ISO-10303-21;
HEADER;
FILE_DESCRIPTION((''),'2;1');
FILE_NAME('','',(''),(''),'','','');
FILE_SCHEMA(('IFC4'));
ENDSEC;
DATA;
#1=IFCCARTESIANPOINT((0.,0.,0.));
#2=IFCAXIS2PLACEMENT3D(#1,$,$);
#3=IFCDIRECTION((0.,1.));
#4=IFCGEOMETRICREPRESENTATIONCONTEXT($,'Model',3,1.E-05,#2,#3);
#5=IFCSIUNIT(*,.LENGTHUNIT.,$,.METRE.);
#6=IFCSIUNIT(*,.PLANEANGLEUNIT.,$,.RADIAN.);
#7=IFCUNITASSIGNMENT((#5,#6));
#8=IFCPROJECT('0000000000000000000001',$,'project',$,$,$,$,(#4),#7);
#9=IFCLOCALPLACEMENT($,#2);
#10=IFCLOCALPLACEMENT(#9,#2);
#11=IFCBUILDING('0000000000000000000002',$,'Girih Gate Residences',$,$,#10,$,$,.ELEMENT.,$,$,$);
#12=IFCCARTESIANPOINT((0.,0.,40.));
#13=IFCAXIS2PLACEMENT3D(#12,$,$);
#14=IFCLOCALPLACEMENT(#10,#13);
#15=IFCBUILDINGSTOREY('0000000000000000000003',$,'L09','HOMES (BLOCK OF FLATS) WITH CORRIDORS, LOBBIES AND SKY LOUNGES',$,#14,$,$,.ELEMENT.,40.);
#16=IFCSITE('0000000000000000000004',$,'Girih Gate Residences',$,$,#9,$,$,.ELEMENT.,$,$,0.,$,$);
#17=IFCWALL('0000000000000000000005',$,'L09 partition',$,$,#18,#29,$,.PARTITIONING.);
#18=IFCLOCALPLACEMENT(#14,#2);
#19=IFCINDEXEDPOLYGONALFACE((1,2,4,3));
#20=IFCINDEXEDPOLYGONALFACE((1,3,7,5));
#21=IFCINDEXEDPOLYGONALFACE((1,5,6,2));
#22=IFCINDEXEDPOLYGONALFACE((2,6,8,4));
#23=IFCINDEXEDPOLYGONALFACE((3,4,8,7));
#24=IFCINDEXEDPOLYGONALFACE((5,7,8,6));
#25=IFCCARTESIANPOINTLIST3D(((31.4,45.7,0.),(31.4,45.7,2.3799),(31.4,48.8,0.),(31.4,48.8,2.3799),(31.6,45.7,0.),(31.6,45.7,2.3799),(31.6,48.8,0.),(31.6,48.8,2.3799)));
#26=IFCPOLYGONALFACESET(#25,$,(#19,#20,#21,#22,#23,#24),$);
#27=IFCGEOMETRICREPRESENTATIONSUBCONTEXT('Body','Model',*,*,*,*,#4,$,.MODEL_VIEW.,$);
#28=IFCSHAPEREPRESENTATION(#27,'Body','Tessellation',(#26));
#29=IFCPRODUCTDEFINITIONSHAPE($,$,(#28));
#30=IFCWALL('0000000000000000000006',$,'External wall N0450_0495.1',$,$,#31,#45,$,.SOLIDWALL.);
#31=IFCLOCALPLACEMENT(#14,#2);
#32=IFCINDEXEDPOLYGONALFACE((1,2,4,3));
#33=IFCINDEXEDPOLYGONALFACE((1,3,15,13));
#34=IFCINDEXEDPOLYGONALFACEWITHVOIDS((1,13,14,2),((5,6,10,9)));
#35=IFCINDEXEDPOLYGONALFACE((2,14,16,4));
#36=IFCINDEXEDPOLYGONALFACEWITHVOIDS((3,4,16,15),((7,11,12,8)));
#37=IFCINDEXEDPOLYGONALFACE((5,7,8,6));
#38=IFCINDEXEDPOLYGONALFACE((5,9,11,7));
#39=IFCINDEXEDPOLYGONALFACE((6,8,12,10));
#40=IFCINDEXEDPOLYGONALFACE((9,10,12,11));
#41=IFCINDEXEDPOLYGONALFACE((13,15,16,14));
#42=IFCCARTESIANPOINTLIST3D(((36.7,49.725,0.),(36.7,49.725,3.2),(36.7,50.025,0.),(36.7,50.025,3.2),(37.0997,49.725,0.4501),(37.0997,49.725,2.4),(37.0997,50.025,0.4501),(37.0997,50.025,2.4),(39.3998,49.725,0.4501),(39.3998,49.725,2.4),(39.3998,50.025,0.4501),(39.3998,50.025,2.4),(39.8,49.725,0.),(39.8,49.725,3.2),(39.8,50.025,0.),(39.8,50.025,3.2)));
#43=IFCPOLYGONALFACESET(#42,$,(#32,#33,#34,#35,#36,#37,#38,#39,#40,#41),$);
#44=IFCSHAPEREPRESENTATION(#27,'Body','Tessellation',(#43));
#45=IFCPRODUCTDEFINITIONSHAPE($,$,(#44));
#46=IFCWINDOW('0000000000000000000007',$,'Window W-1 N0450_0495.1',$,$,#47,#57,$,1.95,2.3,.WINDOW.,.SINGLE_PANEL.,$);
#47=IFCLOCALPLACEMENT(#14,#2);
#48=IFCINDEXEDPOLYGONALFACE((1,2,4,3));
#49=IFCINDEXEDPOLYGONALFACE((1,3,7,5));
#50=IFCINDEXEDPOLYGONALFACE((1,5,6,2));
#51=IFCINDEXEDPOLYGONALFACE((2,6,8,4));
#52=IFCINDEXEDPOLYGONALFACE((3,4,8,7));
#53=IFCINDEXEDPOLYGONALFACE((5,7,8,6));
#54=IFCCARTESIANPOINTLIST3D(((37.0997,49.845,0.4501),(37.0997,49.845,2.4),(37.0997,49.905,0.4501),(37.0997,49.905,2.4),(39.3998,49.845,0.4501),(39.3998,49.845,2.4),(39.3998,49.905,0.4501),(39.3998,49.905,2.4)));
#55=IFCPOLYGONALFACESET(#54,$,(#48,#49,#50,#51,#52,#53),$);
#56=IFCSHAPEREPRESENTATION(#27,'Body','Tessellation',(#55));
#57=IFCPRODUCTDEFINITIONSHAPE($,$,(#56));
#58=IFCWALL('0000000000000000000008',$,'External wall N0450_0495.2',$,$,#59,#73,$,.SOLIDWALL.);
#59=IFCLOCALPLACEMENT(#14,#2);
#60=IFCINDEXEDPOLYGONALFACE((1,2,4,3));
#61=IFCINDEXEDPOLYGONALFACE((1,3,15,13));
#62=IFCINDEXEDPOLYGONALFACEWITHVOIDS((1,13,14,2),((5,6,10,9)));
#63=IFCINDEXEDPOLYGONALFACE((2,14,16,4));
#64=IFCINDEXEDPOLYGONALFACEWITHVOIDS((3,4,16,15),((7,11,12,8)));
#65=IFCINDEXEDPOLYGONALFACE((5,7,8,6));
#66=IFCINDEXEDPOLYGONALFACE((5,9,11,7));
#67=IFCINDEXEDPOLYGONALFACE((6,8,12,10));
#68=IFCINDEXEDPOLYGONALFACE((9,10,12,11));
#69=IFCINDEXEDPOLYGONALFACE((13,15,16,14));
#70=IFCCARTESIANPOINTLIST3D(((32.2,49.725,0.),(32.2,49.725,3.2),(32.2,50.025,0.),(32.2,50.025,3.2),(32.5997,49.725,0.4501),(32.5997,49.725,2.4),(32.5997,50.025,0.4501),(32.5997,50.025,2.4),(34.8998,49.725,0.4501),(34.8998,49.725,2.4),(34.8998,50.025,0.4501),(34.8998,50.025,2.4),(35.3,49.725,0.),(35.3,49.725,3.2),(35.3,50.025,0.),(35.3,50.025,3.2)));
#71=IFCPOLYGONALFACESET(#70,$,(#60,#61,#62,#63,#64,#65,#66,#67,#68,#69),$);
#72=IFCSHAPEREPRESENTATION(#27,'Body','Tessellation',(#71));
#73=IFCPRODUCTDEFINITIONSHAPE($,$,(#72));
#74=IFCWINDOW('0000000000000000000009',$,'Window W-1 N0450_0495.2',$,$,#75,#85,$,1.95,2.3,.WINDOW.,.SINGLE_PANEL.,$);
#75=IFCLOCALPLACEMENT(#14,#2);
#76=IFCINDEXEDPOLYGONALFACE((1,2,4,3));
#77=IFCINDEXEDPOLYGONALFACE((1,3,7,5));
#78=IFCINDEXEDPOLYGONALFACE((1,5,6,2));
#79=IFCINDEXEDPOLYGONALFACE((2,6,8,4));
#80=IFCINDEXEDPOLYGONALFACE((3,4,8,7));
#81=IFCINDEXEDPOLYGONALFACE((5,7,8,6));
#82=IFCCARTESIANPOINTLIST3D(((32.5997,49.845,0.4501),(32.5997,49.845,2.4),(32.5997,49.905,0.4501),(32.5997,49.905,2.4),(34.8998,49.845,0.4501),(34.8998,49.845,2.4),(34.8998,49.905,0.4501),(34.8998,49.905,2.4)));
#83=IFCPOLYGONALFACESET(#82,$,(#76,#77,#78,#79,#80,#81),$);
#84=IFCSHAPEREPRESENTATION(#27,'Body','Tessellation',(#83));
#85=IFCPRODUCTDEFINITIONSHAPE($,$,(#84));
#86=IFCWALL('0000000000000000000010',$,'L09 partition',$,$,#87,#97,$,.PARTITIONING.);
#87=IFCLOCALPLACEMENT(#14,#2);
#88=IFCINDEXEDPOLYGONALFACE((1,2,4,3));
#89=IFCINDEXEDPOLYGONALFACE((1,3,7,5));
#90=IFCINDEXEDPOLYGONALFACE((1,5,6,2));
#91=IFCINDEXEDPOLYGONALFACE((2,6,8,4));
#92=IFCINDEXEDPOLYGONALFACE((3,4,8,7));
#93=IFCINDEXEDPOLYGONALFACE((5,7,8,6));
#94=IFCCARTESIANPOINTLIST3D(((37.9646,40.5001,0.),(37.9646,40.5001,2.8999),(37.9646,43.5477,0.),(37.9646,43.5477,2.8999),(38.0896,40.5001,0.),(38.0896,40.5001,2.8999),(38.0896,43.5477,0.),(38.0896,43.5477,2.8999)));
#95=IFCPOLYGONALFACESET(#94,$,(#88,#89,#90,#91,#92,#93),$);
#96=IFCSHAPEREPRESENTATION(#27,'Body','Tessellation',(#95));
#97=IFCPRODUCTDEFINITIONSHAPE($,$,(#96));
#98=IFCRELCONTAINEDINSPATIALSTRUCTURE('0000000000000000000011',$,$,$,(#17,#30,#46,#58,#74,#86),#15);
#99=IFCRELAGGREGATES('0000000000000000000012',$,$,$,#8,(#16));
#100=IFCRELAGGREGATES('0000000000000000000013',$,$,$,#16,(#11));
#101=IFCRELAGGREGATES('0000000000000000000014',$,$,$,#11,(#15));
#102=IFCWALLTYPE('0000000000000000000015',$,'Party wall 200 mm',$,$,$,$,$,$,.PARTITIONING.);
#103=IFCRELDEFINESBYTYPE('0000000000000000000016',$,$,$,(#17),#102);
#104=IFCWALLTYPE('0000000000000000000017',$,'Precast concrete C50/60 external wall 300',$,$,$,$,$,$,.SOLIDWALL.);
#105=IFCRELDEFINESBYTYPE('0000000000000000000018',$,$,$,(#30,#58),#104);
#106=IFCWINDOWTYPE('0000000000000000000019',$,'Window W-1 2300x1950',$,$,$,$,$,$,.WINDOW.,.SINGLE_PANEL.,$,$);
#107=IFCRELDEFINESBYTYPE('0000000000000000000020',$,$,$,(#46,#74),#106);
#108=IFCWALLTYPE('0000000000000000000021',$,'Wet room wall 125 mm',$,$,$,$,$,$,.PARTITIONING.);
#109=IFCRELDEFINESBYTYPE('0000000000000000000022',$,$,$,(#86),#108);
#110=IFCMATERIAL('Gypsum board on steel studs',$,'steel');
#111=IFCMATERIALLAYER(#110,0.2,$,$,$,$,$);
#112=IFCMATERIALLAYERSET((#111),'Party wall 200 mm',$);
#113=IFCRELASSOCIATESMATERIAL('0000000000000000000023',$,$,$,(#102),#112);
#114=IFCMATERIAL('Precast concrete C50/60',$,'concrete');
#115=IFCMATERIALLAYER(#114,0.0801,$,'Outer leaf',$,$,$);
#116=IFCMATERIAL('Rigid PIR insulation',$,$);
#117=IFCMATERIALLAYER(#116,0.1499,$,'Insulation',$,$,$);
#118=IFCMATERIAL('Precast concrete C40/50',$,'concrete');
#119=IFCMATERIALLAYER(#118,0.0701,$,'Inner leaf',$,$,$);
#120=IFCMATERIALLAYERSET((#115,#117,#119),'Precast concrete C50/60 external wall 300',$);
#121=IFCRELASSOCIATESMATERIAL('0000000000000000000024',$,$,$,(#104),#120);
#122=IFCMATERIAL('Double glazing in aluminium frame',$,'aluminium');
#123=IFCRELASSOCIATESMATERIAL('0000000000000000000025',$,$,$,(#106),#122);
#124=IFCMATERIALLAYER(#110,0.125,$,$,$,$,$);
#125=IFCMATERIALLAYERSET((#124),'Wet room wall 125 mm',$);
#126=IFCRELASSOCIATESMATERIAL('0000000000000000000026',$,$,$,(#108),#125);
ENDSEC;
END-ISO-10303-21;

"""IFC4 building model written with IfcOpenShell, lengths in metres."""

from ifc_helpers import new_model, si_unit, direction, frame, frame_2d, origin, place, context, subcontext, project, spatial, rectangle, extrude, material, layer, layer_set, type_object, element, fill, save


model = new_model("IFC4")

# Units and contexts
model_context = context("Model", 3, precision=1e-05, world=origin(), true_north=direction((0.0, 1.0)))
body_context = subcontext(model_context, "Body", "Model", "MODEL_VIEW")
ifc_project = project(units=[si_unit("LENGTHUNIT", "METRE"), si_unit("PLANEANGLEUNIT", "RADIAN")], contexts=[model_context])

# Site, building, storey
site_placement = place(None, origin())
site = spatial("IfcSite", under=ifc_project, at=site_placement, Name="Girih Gate Residences", CompositionType="ELEMENT", RefElevation=0.0)
building_placement = place(site_placement, origin())
building = spatial("IfcBuilding", under=site, at=building_placement, Name="Girih Gate Residences", CompositionType="ELEMENT")
storey_placement = place(building_placement, frame((0.0, 0.0, 40.0)))
storey = spatial("IfcBuildingStorey", under=building, at=storey_placement, Name="L09", Description="HOMES (BLOCK OF FLATS) WITH CORRIDORS, LOBBIES AND SKY LOUNGES", CompositionType="ELEMENT", Elevation=40.0)

# Shared definitions
ifc_material_1 = material(Name="Gypsum board on steel studs", Category="steel")

# Wall
ifc_layer_1 = layer(ifc_material_1, 0.2)
ifc_layer_set_1 = layer_set([ifc_layer_1], Name="Party wall 200 mm")
wall_type_1 = type_object("IfcWallType", Name="Party wall 200 mm", PredefinedType="PARTITIONING", material=ifc_layer_set_1)
wall_1_placement = place(storey_placement, frame((31.5, 45.7, 0.0), z_axis=(0.0, 0.0, 1.0), x_axis=(0.0, 1.0, 0.0)))
element("IfcWall", 1, at=wall_1_placement, inside=storey, type_object=wall_type_1, Name="L09 partition", PredefinedType="PARTITIONING", context=body_context, shape_type="SweptSolid", body=[
    extrude(rectangle(XDim=3.1001, YDim=0.2, at=frame_2d((1.55, 0.0))), origin(), (0.0, 0.0, 1.0), 2.3799),
])

# Walls, openings, windows
ifc_material_2 = material(Name="Precast concrete C50/60", Category="concrete")
ifc_layer_2 = layer(ifc_material_2, 0.0801, Name="Outer leaf")
ifc_material_3 = material(Name="Rigid PIR insulation")
ifc_layer_3 = layer(ifc_material_3, 0.1499, Name="Insulation")
ifc_material_4 = material(Name="Precast concrete C40/50", Category="concrete")
ifc_layer_4 = layer(ifc_material_4, 0.0701, Name="Inner leaf")
ifc_layer_set_2 = layer_set([ifc_layer_2, ifc_layer_3, ifc_layer_4], Name="Precast concrete C50/60 external wall 300")
wall_type_2 = type_object("IfcWallType", Name="Precast concrete C50/60 external wall 300", PredefinedType="SOLIDWALL", material=ifc_layer_set_2)
wall_2_placement = place(storey_placement, frame((36.7, 49.875, 0.0), z_axis=(0.0, 0.0, 1.0), x_axis=(1.0, 0.0, 0.0)))
wall_2 = element("IfcWall", 2, at=wall_2_placement, inside=storey, type_object=wall_type_2, Name="External wall N0450_0495.1", PredefinedType="SOLIDWALL", context=body_context, shape_type="SweptSolid", body=[
    extrude(rectangle(XDim=3.1001, YDim=0.3, at=frame_2d((1.55, 0.0))), origin(), (0.0, 0.0, 1.0), 3.2),
])
opening_1_placement = place(wall_2_placement, frame((0.3999, 0.0, 0.45)))
opening_1 = element("IfcOpeningElement", 3, at=opening_1_placement, cuts=wall_2, PredefinedType="OPENING", context=body_context, shape_type="SweptSolid", body=[
    extrude(rectangle(XDim=2.3, YDim=1.95, at=frame_2d((1.1499, 0.9751))), frame((0.0, 0.1599, 0.0), z_axis=(0.0, -1.0, 0.0), x_axis=(1.0, 0.0, 0.0)), (0.0, 0.0, 1.0), 0.3201),
])
ifc_material_5 = material(Name="Double glazing in aluminium frame", Category="aluminium")
window_type = type_object("IfcWindowType", Name="Window W-1 2300x1950", PartitioningType="SINGLE_PANEL", PredefinedType="WINDOW", material=ifc_material_5)
window_1_placement = place(opening_1_placement, origin())
window_1 = element("IfcWindow", 4, at=window_1_placement, inside=storey, type_object=window_type, Name="Window W-1 N0450_0495.1", OverallHeight=1.95, OverallWidth=2.3, PartitioningType="SINGLE_PANEL", PredefinedType="WINDOW", context=body_context, shape_type="SweptSolid", body=[
    extrude(rectangle(XDim=2.3, YDim=1.95, at=frame_2d((1.1499, 0.9751))), frame((0.0, 0.03, 0.0), z_axis=(0.0, -1.0, 0.0), x_axis=(1.0, 0.0, 0.0)), (0.0, 0.0, 1.0), 0.0601),
])
fill(opening_1, window_1)
wall_3_placement = place(storey_placement, frame((32.2, 49.875, 0.0), z_axis=(0.0, 0.0, 1.0), x_axis=(1.0, 0.0, 0.0)))
wall_3 = element("IfcWall", 5, at=wall_3_placement, inside=storey, type_object=wall_type_2, Name="External wall N0450_0495.2", PredefinedType="SOLIDWALL", context=body_context, shape_type="SweptSolid", body=[
    extrude(rectangle(XDim=3.1001, YDim=0.3, at=frame_2d((1.55, 0.0))), origin(), (0.0, 0.0, 1.0), 3.2),
])
opening_2_placement = place(wall_3_placement, frame((0.3999, 0.0, 0.45)))
opening_2 = element("IfcOpeningElement", 6, at=opening_2_placement, cuts=wall_3, PredefinedType="OPENING", context=body_context, shape_type="SweptSolid", body=[
    extrude(rectangle(XDim=2.3, YDim=1.95, at=frame_2d((1.1499, 0.9751))), frame((0.0, 0.1599, 0.0), z_axis=(0.0, -1.0, 0.0), x_axis=(1.0, 0.0, 0.0)), (0.0, 0.0, 1.0), 0.3201),
])
window_2_placement = place(opening_2_placement, origin())
window_2 = element("IfcWindow", 7, at=window_2_placement, inside=storey, type_object=window_type, Name="Window W-1 N0450_0495.2", OverallHeight=1.95, OverallWidth=2.3, PartitioningType="SINGLE_PANEL", PredefinedType="WINDOW", context=body_context, shape_type="SweptSolid", body=[
    extrude(rectangle(XDim=2.3, YDim=1.95, at=frame_2d((1.1499, 0.9751))), frame((0.0, 0.03, 0.0), z_axis=(0.0, -1.0, 0.0), x_axis=(1.0, 0.0, 0.0)), (0.0, 0.0, 1.0), 0.0601),
])
fill(opening_2, window_2)

# Wall
ifc_layer_5 = layer(ifc_material_1, 0.125)
ifc_layer_set_3 = layer_set([ifc_layer_5], Name="Wet room wall 125 mm")
wall_type_3 = type_object("IfcWallType", Name="Wet room wall 125 mm", PredefinedType="PARTITIONING", material=ifc_layer_set_3)
wall_4_placement = place(storey_placement, frame((38.0271, 40.5, 0.0), z_axis=(0.0, 0.0, 1.0), x_axis=(0.0, 1.0, 0.0)))
element("IfcWall", 8, at=wall_4_placement, inside=storey, type_object=wall_type_3, Name="L09 partition", PredefinedType="PARTITIONING", context=body_context, shape_type="SweptSolid", body=[
    extrude(rectangle(XDim=3.0476, YDim=0.125, at=frame_2d((1.5239, 0.0))), origin(), (0.0, 0.0, 1.0), 2.8999),
])

save(model, "model.ifc")
